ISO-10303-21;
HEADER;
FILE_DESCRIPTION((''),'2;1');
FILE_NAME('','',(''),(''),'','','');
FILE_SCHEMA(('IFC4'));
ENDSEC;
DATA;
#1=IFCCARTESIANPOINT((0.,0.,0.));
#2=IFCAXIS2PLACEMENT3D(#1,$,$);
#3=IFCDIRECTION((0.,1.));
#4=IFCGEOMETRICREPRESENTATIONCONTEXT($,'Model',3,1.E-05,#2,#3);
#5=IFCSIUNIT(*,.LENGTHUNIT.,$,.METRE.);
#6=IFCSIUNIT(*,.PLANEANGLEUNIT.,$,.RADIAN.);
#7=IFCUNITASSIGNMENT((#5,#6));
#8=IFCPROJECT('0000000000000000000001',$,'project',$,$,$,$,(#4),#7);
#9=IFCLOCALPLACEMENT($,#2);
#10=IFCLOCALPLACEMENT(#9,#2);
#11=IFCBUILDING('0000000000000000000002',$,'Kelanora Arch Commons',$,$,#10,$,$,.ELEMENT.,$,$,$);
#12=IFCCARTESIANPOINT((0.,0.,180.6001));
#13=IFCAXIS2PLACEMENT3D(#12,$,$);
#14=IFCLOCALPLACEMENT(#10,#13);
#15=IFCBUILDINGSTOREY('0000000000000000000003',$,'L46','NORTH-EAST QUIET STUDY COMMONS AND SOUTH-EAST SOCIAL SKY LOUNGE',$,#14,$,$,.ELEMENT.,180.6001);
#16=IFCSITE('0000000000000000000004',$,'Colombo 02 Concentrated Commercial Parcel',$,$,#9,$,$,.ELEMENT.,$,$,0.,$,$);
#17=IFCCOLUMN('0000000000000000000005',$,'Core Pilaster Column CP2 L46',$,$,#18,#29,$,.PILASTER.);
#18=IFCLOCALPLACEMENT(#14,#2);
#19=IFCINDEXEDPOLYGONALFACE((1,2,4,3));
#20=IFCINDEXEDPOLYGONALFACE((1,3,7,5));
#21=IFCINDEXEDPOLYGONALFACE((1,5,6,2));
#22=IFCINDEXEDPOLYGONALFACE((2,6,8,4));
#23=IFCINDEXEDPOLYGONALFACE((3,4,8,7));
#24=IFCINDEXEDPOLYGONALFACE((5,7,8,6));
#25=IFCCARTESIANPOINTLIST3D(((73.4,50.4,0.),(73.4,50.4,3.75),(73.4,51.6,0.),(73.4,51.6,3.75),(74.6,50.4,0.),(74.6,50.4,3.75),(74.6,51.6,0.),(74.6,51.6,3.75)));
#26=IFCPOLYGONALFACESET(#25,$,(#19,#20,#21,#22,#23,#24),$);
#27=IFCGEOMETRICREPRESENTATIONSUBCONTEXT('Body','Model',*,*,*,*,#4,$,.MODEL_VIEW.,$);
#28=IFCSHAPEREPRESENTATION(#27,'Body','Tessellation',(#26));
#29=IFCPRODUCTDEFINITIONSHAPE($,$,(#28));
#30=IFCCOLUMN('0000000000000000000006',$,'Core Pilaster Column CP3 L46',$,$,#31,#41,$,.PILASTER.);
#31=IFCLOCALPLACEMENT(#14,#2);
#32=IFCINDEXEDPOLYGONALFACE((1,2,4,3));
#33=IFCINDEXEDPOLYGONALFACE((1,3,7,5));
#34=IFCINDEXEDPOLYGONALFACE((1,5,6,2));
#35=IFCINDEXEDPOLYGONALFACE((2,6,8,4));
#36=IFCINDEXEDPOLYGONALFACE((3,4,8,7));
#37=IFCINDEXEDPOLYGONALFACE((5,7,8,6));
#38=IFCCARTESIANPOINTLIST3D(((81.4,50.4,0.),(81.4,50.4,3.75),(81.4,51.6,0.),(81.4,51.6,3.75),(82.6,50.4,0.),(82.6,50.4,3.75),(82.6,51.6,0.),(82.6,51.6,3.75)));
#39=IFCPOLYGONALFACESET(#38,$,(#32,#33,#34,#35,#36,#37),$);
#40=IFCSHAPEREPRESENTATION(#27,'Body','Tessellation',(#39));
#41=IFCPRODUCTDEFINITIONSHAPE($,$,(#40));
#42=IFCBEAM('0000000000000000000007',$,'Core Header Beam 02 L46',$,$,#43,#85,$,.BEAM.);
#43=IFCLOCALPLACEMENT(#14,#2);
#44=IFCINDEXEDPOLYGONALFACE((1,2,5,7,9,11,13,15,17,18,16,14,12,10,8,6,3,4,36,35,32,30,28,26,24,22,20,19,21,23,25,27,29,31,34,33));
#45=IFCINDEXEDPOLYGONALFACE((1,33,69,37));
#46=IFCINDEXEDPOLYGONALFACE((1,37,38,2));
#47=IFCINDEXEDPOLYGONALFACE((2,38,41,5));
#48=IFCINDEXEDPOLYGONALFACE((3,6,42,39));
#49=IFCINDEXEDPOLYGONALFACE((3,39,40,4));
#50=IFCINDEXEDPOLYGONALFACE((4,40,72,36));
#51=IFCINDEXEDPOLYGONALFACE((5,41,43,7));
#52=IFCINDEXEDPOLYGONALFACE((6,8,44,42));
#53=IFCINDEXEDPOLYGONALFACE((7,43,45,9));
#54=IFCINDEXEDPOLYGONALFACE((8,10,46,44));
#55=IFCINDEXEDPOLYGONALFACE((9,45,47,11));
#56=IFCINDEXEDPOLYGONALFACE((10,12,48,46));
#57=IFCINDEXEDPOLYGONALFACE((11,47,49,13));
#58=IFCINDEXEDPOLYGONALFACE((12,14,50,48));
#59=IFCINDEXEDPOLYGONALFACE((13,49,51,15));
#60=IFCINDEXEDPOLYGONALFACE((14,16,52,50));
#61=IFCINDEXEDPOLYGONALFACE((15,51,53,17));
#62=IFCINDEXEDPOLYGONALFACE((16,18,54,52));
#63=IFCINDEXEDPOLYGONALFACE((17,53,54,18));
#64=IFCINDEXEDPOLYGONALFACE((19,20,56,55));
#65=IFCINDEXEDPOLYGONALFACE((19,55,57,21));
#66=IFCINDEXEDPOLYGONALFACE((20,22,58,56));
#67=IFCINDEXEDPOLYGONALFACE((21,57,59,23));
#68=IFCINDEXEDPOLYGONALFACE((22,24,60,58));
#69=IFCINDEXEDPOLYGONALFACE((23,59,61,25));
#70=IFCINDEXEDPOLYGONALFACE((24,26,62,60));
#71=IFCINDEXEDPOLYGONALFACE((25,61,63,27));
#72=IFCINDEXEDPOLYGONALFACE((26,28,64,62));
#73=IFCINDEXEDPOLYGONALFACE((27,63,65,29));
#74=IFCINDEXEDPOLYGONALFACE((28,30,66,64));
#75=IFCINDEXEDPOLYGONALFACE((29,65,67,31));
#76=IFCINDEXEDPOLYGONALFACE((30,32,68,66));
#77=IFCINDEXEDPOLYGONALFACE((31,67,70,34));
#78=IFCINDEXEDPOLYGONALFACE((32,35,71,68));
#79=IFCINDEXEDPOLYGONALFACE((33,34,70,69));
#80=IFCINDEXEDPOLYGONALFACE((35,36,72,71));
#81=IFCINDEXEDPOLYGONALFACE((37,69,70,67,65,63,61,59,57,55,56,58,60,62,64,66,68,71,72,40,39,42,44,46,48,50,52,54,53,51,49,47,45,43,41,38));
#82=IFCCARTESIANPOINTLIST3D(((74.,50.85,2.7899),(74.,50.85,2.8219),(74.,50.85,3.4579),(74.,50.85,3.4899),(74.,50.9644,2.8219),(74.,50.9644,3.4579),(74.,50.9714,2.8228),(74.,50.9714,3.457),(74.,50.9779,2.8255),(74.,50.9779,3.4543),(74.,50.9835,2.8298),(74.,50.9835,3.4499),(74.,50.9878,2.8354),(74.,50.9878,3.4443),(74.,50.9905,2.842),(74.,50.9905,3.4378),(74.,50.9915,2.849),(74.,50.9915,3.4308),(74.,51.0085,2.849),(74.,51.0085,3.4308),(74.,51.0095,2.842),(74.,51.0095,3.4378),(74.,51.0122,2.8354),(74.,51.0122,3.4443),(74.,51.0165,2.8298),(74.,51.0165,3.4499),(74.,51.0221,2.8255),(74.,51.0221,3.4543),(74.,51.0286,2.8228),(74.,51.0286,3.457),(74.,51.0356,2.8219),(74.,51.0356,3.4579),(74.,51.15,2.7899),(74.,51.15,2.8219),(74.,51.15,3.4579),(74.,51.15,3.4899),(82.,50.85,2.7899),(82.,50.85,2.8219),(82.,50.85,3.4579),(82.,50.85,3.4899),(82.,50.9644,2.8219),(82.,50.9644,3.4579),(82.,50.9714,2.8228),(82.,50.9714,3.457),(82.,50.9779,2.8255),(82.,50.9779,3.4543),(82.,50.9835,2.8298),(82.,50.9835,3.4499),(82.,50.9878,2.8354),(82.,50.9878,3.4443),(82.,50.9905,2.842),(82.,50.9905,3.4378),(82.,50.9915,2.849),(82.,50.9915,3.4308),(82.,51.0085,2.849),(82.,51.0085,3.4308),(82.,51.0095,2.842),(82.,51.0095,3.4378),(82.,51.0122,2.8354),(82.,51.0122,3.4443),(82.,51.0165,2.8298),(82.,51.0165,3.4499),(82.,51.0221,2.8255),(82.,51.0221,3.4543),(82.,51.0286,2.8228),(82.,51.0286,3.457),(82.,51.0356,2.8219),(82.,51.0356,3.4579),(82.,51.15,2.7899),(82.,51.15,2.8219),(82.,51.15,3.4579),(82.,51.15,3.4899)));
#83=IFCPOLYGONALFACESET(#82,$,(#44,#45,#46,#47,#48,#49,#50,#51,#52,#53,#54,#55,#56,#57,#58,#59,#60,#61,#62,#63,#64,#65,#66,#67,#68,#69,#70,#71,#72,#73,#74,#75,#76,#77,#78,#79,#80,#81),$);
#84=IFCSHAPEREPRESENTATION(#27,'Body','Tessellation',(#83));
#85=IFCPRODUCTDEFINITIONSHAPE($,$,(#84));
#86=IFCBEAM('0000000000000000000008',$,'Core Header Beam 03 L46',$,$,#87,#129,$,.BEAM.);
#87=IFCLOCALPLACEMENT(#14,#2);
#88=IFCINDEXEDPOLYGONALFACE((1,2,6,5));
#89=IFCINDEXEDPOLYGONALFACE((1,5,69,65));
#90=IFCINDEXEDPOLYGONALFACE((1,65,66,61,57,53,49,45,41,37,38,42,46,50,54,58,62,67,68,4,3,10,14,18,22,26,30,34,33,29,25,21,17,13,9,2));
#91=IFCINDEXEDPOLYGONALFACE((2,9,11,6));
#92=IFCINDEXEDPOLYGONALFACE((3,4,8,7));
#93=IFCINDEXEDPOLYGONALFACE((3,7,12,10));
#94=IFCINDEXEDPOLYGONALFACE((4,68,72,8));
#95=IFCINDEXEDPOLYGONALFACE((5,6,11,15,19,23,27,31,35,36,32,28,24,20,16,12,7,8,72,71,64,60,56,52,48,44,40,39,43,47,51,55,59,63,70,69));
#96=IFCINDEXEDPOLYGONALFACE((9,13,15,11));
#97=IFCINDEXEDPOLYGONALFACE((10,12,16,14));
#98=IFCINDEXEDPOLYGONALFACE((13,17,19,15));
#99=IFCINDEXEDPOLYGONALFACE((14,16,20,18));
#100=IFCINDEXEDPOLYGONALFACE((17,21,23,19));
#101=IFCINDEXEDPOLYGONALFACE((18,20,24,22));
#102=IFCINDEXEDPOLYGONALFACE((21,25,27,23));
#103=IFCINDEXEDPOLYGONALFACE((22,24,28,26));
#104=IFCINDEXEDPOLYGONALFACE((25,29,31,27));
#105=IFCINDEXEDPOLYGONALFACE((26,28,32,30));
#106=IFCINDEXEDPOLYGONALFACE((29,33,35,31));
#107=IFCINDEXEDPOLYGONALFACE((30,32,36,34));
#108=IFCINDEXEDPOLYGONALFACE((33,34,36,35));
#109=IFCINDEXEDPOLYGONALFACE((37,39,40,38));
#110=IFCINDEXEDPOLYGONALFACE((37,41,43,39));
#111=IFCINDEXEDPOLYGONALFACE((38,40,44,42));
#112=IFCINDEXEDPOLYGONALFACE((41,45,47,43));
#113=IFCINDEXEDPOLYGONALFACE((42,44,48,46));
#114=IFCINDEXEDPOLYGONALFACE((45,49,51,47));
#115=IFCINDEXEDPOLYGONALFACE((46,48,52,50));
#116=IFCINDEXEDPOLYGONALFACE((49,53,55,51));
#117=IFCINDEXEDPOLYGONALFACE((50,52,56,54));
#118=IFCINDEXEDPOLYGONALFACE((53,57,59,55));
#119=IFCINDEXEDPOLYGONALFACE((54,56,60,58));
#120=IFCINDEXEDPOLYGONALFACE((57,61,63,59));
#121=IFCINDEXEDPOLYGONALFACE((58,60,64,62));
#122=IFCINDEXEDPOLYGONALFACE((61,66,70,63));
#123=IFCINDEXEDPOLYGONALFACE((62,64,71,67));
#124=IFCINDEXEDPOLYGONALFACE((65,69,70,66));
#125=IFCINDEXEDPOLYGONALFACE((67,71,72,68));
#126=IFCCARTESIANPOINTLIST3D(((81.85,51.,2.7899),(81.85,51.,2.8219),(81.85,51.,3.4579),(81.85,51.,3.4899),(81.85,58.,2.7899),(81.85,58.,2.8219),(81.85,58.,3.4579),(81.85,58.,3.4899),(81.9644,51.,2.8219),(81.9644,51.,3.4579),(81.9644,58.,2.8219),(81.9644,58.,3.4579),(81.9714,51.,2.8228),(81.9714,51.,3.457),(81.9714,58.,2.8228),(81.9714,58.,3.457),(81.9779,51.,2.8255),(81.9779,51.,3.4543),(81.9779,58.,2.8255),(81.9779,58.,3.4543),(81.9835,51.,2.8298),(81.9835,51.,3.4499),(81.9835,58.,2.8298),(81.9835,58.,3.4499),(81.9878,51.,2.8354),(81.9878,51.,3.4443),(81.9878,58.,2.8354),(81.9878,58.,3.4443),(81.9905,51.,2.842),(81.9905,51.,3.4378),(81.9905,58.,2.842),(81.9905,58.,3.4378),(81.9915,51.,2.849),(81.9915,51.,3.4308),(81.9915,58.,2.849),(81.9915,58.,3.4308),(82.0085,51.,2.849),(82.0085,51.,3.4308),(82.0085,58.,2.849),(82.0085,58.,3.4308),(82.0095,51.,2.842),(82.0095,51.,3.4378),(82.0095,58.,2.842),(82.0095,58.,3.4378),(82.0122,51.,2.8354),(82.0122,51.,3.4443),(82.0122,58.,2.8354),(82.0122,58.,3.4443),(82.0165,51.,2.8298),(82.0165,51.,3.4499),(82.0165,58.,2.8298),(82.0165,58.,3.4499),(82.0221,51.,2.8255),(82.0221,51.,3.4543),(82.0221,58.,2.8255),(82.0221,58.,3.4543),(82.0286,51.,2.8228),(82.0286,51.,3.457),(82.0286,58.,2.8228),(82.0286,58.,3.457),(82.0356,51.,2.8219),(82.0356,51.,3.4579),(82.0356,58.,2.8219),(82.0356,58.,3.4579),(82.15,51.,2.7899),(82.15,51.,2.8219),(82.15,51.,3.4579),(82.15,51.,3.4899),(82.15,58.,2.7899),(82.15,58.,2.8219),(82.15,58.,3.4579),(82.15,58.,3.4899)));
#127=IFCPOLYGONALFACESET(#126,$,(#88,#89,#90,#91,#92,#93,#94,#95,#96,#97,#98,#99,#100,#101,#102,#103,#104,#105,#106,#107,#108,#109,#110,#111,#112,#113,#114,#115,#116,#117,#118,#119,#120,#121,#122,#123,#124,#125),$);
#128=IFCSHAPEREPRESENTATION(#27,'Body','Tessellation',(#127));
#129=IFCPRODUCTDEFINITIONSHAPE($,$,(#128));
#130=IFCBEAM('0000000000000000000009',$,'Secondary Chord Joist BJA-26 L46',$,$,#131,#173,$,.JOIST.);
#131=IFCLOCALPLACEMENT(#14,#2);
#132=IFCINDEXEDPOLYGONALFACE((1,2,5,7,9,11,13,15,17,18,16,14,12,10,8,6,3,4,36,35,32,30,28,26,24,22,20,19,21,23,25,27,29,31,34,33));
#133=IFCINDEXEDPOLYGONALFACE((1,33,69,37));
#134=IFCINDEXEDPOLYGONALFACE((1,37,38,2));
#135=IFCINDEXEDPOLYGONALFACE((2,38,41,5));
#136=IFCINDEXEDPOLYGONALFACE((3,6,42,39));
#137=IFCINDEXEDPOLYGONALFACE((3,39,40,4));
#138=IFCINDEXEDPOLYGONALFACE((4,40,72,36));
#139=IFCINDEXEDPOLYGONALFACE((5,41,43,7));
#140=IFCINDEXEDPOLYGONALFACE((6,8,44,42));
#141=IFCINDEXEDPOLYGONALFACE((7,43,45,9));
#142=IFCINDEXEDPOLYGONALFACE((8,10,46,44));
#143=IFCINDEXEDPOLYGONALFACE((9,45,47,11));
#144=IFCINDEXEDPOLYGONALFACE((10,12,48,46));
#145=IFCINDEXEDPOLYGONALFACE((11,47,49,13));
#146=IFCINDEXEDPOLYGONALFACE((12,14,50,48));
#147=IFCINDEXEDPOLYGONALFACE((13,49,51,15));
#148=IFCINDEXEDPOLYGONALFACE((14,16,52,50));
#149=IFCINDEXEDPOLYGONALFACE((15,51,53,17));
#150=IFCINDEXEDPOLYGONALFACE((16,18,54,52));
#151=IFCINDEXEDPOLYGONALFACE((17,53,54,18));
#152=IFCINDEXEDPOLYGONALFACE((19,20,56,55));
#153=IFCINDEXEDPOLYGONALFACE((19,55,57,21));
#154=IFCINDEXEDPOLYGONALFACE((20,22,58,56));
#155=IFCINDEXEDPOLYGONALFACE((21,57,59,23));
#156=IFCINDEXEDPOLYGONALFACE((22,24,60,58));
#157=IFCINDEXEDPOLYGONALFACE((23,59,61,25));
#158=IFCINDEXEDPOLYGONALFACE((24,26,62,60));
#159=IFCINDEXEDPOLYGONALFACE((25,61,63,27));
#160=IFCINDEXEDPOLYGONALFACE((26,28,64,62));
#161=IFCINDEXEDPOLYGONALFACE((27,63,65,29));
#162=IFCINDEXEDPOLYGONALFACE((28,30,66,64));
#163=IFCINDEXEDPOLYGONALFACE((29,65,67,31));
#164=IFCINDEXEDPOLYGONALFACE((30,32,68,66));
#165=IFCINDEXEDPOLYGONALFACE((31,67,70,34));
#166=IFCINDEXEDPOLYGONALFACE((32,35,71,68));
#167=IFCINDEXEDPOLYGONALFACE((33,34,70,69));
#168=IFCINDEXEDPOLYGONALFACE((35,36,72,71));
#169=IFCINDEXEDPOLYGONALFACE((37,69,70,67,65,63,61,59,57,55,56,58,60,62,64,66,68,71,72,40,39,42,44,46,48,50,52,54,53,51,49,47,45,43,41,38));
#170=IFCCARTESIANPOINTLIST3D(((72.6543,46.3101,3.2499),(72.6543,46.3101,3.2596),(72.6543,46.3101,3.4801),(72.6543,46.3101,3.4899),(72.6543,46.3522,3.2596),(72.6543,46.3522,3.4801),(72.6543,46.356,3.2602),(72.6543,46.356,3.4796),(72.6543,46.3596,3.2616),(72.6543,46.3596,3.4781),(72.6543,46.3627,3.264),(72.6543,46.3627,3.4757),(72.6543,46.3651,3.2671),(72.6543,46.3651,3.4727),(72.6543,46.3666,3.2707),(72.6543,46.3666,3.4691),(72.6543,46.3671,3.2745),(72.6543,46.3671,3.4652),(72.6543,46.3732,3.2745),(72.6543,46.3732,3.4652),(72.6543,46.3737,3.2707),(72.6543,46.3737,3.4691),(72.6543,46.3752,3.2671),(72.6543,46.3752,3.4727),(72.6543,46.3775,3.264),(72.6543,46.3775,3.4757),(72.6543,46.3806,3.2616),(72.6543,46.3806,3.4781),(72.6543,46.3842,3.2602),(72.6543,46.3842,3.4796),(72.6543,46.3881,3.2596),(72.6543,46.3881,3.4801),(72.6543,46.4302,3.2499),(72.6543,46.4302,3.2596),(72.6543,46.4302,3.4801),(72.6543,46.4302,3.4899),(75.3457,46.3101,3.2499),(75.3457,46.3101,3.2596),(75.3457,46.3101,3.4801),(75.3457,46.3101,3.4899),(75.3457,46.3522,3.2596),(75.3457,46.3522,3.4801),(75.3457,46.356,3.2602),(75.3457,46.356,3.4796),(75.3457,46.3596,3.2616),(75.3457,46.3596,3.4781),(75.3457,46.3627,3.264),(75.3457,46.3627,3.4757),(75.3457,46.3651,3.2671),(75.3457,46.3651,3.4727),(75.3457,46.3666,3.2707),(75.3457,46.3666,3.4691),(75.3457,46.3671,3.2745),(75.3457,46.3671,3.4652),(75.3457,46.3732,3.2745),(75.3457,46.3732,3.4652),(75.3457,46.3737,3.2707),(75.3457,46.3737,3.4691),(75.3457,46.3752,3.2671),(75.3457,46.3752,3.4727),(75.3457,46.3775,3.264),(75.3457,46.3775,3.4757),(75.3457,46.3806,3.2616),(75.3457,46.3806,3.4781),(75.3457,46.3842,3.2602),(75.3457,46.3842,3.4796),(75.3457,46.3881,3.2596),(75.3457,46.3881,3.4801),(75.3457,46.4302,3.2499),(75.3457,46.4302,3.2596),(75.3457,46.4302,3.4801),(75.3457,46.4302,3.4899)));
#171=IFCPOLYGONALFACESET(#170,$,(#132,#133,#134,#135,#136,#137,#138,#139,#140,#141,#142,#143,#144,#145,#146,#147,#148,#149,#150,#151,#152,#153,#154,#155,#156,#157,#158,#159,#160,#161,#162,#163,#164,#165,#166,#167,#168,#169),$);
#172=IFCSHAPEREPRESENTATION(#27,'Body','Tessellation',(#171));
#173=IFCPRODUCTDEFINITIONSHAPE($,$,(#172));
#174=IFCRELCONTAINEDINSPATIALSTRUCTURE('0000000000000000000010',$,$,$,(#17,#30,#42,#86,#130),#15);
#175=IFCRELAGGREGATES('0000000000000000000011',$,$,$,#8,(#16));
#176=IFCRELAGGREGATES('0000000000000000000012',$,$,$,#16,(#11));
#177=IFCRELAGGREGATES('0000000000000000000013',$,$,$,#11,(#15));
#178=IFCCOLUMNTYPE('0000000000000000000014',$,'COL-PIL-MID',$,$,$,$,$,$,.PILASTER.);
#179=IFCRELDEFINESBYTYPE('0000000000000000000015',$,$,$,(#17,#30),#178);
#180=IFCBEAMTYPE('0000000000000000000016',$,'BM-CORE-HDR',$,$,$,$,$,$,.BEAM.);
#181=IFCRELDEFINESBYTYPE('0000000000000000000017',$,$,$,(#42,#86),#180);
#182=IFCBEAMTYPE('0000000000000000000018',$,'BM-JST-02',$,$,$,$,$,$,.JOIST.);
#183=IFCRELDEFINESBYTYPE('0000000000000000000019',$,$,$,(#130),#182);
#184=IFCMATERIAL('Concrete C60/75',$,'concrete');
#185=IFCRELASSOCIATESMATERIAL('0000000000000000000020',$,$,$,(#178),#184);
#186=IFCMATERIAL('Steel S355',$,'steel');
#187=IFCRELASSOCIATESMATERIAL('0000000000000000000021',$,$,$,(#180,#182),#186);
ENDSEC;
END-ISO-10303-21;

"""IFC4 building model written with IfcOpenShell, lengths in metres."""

from ifc_helpers import new_model, si_unit, direction, frame, origin, origin_2d, place, context, subcontext, project, spatial, rectangle, i_section, extrude, material, material_profile, profile_set, type_object, element, save


model = new_model("IFC4")

# Units and contexts
model_context = context("Model", 3, precision=1e-05, world=origin(), true_north=direction((0.0, 1.0)))
body_context = subcontext(model_context, "Body", "Model", "MODEL_VIEW")
ifc_project = project(units=[si_unit("LENGTHUNIT", "METRE"), si_unit("PLANEANGLEUNIT", "RADIAN")], contexts=[model_context])

# Site, building, storey
site_placement = place(None, origin())
site = spatial("IfcSite", under=ifc_project, at=site_placement, Name="Colombo 02 Concentrated Commercial Parcel", CompositionType="ELEMENT", RefElevation=0.0)
building_placement = place(site_placement, origin())
building = spatial("IfcBuilding", under=site, at=building_placement, Name="Kelanora Arch Commons", CompositionType="ELEMENT")
storey_placement = place(building_placement, frame((0.0, 0.0, 180.6001)))
storey = spatial("IfcBuildingStorey", under=building, at=storey_placement, Name="L46", Description="NORTH-EAST QUIET STUDY COMMONS AND SOUTH-EAST SOCIAL SKY LOUNGE", CompositionType="ELEMENT", Elevation=180.6001)

# Columns
ifc_material_1 = material(Name="Concrete C60/75", Category="concrete")
ifc_material_profile_1 = material_profile(ifc_material_1, rectangle(XDim=1.2, YDim=1.2, at=origin_2d()), Name="RC1200x1200")
ifc_profile_set_1 = profile_set([ifc_material_profile_1], Name="Concrete C60/75")
column_type = type_object("IfcColumnType", Name="COL-PIL-MID", PredefinedType="PILASTER", material=ifc_profile_set_1)
for number, where, z_axis, x_axis, name in (
    (1, (74.0, 51.0, 0.0), (0.0, 0.0, 1.0), (1.0, 0.0, 0.0), "Core Pilaster Column CP2 L46"),
    (2, (82.0, 51.0, 0.0), (0.0, 0.0, 1.0), (1.0, 0.0, 0.0), "Core Pilaster Column CP3 L46"),
):
    element("IfcColumn", number, at=place(storey_placement, frame(where, z_axis=z_axis, x_axis=x_axis)), inside=storey, type_object=column_type, Name=name, PredefinedType="PILASTER", context=body_context, shape_type="SweptSolid", body=[
        extrude(rectangle(XDim=1.2, YDim=1.2, at=origin_2d()), origin(), (0.0, 0.0, 1.0), 3.75),
    ])

# Beams
ifc_material_2 = material(Name="Steel S355", Category="steel")
ifc_material_profile_2 = material_profile(ifc_material_2, i_section(OverallWidth=0.3, OverallDepth=0.7, WebThickness=0.0171, FlangeThickness=0.032, FilletRadius=0.0271, at=origin_2d()), Name="HEB700")
ifc_profile_set_2 = profile_set([ifc_material_profile_2], Name="Steel S355")
beam_type_1 = type_object("IfcBeamType", Name="BM-CORE-HDR", PredefinedType="BEAM", material=ifc_profile_set_2)
beam_1_placement = place(storey_placement, frame((74.0, 51.0, 3.1399), z_axis=(1.0, 0.0, 0.0), x_axis=(0.0, 1.0, 0.0)))
element("IfcBeam", 3, at=beam_1_placement, inside=storey, type_object=beam_type_1, Name="Core Header Beam 02 L46", PredefinedType="BEAM", context=body_context, shape_type="SweptSolid", body=[
    extrude(i_section(OverallWidth=0.3, OverallDepth=0.7, WebThickness=0.0171, FlangeThickness=0.032, FilletRadius=0.0271, at=origin_2d()), origin(), (0.0, 0.0, 1.0), 8.0),
])
beam_2_placement = place(storey_placement, frame((82.0, 51.0, 3.1399), z_axis=(0.0, 1.0, 0.0), x_axis=(-1.0, 0.0, 0.0)))
element("IfcBeam", 4, at=beam_2_placement, inside=storey, type_object=beam_type_1, Name="Core Header Beam 03 L46", PredefinedType="BEAM", context=body_context, shape_type="SweptSolid", body=[
    extrude(i_section(OverallWidth=0.3, OverallDepth=0.7, WebThickness=0.0171, FlangeThickness=0.032, FilletRadius=0.0271, at=origin_2d()), origin(), (0.0, 0.0, 1.0), 7.0),
])
ifc_material_profile_3 = material_profile(ifc_material_2, i_section(OverallWidth=0.1201, OverallDepth=0.24, WebThickness=0.0061, FlangeThickness=0.0098, FilletRadius=0.0149, at=origin_2d()), Name="IPE240")
ifc_profile_set_3 = profile_set([ifc_material_profile_3], Name="Steel S355")
beam_type_2 = type_object("IfcBeamType", Name="BM-JST-02", PredefinedType="JOIST", material=ifc_profile_set_3)
beam_3_placement = place(storey_placement, frame((72.6543, 46.3701, 3.3699), z_axis=(1.0, 0.0, 0.0), x_axis=(0.0, 1.0, 0.0)))
element("IfcBeam", 5, at=beam_3_placement, inside=storey, type_object=beam_type_2, Name="Secondary Chord Joist BJA-26 L46", PredefinedType="JOIST", context=body_context, shape_type="SweptSolid", body=[
    extrude(i_section(OverallWidth=0.1201, OverallDepth=0.24, WebThickness=0.0061, FlangeThickness=0.0098, FilletRadius=0.0149, at=origin_2d()), origin(), (0.0, 0.0, 1.0), 2.6914),
])

save(model, "model.ifc")
